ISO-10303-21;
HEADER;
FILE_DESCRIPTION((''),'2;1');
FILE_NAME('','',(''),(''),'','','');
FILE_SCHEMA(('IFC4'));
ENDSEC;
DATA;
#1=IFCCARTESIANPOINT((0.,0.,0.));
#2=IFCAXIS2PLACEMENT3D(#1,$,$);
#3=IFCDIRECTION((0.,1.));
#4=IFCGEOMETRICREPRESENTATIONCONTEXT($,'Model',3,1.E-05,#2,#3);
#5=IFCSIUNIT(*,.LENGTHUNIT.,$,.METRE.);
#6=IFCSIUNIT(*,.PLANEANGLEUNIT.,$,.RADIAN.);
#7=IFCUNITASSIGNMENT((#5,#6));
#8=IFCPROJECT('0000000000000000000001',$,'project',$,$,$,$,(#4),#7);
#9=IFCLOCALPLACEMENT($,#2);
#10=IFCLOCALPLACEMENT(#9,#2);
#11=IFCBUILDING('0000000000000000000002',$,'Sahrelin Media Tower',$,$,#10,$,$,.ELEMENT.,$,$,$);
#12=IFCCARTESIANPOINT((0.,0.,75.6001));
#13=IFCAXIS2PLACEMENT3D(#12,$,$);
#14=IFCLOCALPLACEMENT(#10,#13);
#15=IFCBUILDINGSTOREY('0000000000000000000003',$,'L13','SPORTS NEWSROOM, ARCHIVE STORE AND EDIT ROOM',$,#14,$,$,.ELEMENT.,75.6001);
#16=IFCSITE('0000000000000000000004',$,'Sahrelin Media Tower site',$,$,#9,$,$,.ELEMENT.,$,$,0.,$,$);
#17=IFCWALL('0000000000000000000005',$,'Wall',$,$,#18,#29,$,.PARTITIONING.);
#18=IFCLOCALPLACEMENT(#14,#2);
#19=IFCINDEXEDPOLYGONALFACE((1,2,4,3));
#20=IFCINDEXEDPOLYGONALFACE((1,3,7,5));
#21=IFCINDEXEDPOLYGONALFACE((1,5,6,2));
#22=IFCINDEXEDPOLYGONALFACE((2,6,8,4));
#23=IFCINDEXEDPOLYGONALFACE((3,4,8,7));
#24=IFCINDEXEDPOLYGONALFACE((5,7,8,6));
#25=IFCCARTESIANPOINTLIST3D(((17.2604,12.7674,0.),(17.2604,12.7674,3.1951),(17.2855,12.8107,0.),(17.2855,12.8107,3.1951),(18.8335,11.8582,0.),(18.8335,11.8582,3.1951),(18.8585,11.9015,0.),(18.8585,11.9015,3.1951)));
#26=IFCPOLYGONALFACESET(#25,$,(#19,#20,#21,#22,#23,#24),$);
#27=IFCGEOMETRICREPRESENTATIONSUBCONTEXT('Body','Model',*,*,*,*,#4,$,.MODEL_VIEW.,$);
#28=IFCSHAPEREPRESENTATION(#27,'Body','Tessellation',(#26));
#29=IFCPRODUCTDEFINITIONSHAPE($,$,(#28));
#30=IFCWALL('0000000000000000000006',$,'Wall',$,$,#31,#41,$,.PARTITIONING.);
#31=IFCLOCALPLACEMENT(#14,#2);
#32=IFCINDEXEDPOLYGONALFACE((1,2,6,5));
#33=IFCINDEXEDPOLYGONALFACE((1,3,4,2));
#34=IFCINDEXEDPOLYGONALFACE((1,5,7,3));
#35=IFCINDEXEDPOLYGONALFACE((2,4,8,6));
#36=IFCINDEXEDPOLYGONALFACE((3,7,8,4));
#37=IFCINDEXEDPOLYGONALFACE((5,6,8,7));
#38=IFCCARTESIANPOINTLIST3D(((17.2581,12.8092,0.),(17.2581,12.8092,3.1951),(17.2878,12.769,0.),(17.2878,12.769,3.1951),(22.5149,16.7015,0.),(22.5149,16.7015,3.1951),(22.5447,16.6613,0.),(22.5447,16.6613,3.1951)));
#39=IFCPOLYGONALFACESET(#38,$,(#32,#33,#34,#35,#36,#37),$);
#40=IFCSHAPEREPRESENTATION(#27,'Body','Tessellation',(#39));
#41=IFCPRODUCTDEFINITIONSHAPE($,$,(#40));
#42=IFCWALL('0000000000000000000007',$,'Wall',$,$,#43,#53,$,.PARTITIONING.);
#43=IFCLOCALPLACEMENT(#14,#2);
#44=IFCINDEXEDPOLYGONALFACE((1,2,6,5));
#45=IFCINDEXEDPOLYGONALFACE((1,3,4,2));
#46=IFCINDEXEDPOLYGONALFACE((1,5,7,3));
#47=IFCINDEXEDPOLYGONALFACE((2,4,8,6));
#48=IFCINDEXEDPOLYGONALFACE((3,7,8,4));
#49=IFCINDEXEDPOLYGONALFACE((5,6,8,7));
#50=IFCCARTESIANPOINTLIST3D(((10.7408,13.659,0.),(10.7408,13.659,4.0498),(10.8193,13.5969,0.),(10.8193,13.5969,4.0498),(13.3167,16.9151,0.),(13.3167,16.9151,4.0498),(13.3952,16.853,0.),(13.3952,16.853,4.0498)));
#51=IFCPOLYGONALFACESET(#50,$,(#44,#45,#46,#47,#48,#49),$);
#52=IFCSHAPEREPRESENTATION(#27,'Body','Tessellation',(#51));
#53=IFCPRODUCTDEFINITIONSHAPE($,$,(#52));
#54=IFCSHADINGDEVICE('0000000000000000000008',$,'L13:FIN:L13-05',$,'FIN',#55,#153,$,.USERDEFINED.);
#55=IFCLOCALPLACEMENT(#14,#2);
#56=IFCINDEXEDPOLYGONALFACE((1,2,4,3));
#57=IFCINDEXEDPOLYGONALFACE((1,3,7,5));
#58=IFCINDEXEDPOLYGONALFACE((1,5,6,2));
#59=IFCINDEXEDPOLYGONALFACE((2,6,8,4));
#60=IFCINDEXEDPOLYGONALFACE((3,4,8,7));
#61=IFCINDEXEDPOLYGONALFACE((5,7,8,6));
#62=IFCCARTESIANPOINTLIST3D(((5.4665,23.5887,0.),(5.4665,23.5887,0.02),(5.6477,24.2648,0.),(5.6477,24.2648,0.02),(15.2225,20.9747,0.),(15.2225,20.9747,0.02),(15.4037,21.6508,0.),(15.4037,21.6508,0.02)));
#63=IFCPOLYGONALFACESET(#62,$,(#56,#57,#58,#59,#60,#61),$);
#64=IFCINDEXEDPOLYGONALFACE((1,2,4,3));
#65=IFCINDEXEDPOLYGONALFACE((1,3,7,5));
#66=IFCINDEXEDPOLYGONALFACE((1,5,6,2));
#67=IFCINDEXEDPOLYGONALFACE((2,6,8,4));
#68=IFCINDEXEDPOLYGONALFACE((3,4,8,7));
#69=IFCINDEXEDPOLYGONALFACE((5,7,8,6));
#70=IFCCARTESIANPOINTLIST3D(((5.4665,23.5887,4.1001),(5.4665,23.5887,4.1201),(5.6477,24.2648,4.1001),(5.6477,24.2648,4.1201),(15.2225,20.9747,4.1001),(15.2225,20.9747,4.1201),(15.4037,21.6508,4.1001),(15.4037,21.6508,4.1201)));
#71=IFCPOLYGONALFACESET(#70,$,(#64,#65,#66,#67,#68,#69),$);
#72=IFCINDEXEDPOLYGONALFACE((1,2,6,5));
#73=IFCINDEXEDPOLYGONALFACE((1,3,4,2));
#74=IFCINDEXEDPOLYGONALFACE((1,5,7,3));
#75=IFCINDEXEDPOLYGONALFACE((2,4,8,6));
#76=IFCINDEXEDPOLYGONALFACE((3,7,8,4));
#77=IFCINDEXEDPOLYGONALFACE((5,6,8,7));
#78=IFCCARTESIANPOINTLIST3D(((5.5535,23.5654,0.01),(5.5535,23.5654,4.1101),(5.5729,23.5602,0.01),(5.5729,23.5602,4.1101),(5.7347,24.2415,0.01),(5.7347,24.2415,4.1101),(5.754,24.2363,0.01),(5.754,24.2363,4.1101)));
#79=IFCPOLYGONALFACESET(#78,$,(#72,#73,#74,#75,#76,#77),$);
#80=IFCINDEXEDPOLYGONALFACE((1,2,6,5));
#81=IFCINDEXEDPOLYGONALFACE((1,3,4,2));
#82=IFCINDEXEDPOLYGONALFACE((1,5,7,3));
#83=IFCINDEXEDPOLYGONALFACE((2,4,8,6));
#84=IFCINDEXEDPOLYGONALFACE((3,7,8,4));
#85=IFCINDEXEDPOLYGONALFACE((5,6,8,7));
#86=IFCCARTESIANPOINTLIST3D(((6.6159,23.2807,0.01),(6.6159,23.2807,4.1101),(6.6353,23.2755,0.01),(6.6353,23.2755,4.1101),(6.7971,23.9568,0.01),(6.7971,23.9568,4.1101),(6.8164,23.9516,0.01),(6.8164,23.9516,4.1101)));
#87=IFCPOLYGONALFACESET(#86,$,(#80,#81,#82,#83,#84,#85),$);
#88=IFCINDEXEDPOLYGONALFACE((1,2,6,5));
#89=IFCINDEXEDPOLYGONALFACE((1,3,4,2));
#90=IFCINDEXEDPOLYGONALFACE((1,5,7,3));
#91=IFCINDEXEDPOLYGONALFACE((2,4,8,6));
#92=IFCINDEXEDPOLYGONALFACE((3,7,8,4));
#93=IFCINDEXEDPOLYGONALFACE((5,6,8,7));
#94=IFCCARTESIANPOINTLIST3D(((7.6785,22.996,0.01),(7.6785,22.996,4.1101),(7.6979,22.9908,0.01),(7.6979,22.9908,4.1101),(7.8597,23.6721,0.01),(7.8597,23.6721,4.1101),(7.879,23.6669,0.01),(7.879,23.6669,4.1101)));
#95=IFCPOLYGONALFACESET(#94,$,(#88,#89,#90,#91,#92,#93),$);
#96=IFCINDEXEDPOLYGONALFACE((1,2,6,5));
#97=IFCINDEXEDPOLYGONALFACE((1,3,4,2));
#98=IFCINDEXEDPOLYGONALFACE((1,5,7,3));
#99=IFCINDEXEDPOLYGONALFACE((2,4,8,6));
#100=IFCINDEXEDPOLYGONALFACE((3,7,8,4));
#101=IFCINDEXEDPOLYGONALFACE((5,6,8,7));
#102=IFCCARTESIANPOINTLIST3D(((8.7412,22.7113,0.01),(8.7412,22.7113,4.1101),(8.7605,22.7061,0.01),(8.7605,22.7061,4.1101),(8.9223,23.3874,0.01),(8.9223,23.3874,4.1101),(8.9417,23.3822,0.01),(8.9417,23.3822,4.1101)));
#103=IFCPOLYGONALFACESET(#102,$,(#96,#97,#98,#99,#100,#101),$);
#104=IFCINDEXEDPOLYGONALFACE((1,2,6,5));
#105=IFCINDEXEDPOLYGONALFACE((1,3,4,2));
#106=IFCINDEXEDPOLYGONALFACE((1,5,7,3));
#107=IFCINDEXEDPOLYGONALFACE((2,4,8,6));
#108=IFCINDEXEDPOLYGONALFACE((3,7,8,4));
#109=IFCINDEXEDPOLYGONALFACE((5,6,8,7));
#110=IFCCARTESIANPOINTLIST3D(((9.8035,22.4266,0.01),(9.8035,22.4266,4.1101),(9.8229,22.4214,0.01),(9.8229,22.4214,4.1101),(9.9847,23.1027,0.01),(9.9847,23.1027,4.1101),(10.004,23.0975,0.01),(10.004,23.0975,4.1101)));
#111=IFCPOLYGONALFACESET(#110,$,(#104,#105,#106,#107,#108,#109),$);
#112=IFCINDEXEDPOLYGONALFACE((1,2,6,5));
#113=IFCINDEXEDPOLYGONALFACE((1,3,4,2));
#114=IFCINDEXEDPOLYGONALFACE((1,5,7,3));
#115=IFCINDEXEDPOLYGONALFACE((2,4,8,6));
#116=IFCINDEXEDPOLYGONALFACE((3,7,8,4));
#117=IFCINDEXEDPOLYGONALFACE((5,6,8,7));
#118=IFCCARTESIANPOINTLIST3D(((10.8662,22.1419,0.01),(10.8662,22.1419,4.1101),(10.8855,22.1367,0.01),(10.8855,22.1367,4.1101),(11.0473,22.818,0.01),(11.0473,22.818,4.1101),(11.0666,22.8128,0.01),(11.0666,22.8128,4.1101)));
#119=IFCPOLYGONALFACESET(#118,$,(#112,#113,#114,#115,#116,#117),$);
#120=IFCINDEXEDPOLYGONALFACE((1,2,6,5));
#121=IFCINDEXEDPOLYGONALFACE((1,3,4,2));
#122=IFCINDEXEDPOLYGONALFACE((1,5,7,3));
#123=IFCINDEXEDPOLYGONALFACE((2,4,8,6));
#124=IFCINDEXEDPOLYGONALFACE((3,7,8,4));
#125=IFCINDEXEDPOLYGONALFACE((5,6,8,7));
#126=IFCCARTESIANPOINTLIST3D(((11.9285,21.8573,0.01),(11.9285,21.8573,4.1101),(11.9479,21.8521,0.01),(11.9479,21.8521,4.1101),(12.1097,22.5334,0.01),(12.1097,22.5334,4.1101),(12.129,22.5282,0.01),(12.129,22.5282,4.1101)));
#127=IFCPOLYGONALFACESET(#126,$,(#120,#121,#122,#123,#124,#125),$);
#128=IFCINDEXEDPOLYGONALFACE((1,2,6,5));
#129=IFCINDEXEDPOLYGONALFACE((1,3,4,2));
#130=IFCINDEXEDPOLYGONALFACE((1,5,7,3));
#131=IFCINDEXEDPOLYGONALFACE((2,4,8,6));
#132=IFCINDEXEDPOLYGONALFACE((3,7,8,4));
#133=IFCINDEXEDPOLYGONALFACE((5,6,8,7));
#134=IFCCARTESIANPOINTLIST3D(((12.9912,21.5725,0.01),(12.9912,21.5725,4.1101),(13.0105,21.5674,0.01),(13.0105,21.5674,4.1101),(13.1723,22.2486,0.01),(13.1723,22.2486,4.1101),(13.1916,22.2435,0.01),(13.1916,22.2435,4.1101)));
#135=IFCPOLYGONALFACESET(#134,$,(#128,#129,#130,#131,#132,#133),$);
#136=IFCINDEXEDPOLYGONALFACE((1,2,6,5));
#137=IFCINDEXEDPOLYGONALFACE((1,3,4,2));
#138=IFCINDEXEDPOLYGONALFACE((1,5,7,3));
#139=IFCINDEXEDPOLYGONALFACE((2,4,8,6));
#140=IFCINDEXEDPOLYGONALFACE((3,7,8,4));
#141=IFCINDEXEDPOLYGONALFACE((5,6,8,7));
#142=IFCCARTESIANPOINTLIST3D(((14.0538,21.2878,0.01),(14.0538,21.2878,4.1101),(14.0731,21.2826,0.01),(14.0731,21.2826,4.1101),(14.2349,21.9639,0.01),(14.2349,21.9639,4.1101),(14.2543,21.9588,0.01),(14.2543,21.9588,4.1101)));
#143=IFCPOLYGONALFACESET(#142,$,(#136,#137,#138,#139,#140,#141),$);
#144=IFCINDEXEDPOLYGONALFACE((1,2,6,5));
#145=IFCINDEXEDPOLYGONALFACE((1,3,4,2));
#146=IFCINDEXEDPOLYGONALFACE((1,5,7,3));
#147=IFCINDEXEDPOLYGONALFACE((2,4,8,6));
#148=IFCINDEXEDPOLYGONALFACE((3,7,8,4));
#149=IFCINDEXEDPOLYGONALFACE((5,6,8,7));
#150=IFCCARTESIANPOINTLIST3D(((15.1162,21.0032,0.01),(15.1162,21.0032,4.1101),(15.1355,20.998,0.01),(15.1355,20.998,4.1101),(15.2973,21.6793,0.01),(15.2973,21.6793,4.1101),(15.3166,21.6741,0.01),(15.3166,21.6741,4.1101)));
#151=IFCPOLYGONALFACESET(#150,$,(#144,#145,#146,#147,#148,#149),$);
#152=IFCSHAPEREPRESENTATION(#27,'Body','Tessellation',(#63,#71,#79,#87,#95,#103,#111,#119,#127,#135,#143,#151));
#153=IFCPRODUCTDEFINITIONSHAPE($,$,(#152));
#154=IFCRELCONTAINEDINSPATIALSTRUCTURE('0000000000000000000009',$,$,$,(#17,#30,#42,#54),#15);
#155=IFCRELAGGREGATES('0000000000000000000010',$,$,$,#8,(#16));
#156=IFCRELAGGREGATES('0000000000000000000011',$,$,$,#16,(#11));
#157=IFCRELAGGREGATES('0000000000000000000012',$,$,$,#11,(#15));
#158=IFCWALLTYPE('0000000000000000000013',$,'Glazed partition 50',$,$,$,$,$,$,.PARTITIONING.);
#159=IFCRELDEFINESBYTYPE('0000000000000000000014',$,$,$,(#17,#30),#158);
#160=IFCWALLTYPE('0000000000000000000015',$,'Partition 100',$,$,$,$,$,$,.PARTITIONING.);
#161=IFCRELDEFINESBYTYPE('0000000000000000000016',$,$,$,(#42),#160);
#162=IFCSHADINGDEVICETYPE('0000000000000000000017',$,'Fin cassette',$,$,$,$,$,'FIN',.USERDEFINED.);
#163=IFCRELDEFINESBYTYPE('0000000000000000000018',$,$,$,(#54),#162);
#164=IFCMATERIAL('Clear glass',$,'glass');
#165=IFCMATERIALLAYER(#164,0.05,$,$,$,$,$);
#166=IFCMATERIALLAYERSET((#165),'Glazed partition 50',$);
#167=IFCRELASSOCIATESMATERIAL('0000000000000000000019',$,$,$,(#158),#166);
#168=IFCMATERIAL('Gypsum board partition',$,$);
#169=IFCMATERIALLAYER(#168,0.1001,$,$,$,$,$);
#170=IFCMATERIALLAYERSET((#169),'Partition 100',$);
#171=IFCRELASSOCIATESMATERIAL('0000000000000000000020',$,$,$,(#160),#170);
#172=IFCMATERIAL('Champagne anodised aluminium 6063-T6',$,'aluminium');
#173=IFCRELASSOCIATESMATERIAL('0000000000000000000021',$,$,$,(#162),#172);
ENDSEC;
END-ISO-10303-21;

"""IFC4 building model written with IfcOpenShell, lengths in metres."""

from ifc_helpers import new_model, si_unit, direction, frame, frame_2d, origin, origin_2d, place, context, subcontext, project, spatial, rectangle, extrude, material, layer, layer_set, type_object, element, save


model = new_model("IFC4")

# Units and contexts
model_context = context("Model", 3, precision=1e-05, world=origin(), true_north=direction((0.0, 1.0)))
body_context = subcontext(model_context, "Body", "Model", "MODEL_VIEW")
ifc_project = project(units=[si_unit("LENGTHUNIT", "METRE"), si_unit("PLANEANGLEUNIT", "RADIAN")], contexts=[model_context])

# Site, building, storey
site_placement = place(None, origin())
site = spatial("IfcSite", under=ifc_project, at=site_placement, Name="Sahrelin Media Tower site", CompositionType="ELEMENT", RefElevation=0.0)
building_placement = place(site_placement, origin())
building = spatial("IfcBuilding", under=site, at=building_placement, Name="Sahrelin Media Tower", CompositionType="ELEMENT")
storey_placement = place(building_placement, frame((0.0, 0.0, 75.6001)))
storey = spatial("IfcBuildingStorey", under=building, at=storey_placement, Name="L13", Description="SPORTS NEWSROOM, ARCHIVE STORE AND EDIT ROOM", CompositionType="ELEMENT", Elevation=75.6001)

# Shared definitions
ifc_material_1 = material(Name="Champagne anodised aluminium 6063-T6", Category="aluminium")

# Walls
ifc_material_2 = material(Name="Clear glass", Category="glass")
ifc_layer_1 = layer(ifc_material_2, 0.05)
ifc_layer_set_1 = layer_set([ifc_layer_1], Name="Glazed partition 50")
wall_type_1 = type_object("IfcWallType", Name="Glazed partition 50", PredefinedType="PARTITIONING", material=ifc_layer_set_1)
wall_1_placement = place(storey_placement, frame((17.2729, 12.7891, 0.0), z_axis=(0.0, 0.0, 1.0), x_axis=(0.865785, -0.500416, 0.0)))
element("IfcWall", 1, at=wall_1_placement, inside=storey, type_object=wall_type_1, Name="Wall", PredefinedType="PARTITIONING", context=body_context, shape_type="SweptSolid", body=[
    extrude(rectangle(XDim=1.8169, YDim=0.05, at=frame_2d((0.9084, 0.0))), origin(), (0.0, 0.0, 1.0), 3.1951),
])
wall_2_placement = place(storey_placement, frame((17.2729, 12.7891, 0.0), z_axis=(0.0, 0.0, 1.0), x_axis=(0.803676, 0.595068, 0.0)))
element("IfcWall", 2, at=wall_2_placement, inside=storey, type_object=wall_type_1, Name="Wall", PredefinedType="PARTITIONING", context=body_context, shape_type="SweptSolid", body=[
    extrude(rectangle(XDim=6.541, YDim=0.05, at=frame_2d((3.2705, 0.0))), origin(), (0.0, 0.0, 1.0), 3.1951),
])
ifc_material_3 = material(Name="Gypsum board partition")
ifc_layer_2 = layer(ifc_material_3, 0.1001)
ifc_layer_set_2 = layer_set([ifc_layer_2], Name="Partition 100")
wall_type_2 = type_object("IfcWallType", Name="Partition 100", PredefinedType="PARTITIONING", material=ifc_layer_set_2)
wall_3_placement = place(storey_placement, frame((10.78, 13.6279, 0.0), z_axis=(0.0, 0.0, 1.0), x_axis=(0.620433, 0.784259, 0.0)))
element("IfcWall", 3, at=wall_3_placement, inside=storey, type_object=wall_type_2, Name="Wall", PredefinedType="PARTITIONING", context=body_context, shape_type="SweptSolid", body=[
    extrude(rectangle(XDim=4.1519, YDim=0.1001, at=frame_2d((2.0759, 0.0))), origin(), (0.0, 0.0, 1.0), 4.0498),
])

# Shading device
shading_device_type = type_object("IfcShadingDeviceType", Name="Fin cassette", ElementType="FIN", PredefinedType="USERDEFINED", material=ifc_material_1)
shading_device_placement = place(storey_placement, frame((10.3264, 22.2141, 0.0), z_axis=(0.0, 0.0, 1.0), x_axis=(0.965929, -0.258808, 0.0)))
element("IfcShadingDevice", 4, at=shading_device_placement, inside=storey, type_object=shading_device_type, Name="L13:FIN:L13-05", ObjectType="FIN", PredefinedType="USERDEFINED", context=body_context, shape_type="SweptSolid", body=[
    extrude(rectangle(XDim=10.1001, YDim=0.7, at=origin_2d()), frame((0.0, 0.4199, 0.0)), (0.0, 0.0, 1.0), 0.02),
    extrude(rectangle(XDim=10.1001, YDim=0.7, at=origin_2d()), frame((0.0, 0.4199, 4.1001)), (0.0, 0.0, 1.0), 0.02),
    extrude(rectangle(XDim=0.02, YDim=0.7, at=origin_2d()), frame((-4.95, 0.4199, 0.01), z_axis=(0.0, 0.0, 1.0), x_axis=(1.0, 0.0, 0.0)), (0.0, 0.0, 1.0), 4.1001),
    extrude(rectangle(XDim=0.02, YDim=0.7, at=origin_2d()), frame((-3.8501, 0.4199, 0.01), z_axis=(0.0, 0.0, 1.0), x_axis=(1.0, 0.0, 0.0)), (0.0, 0.0, 1.0), 4.1001),
    extrude(rectangle(XDim=0.02, YDim=0.7, at=origin_2d()), frame((-2.75, 0.4199, 0.01), z_axis=(0.0, 0.0, 1.0), x_axis=(1.0, 0.0, 0.0)), (0.0, 0.0, 1.0), 4.1001),
    extrude(rectangle(XDim=0.02, YDim=0.7, at=origin_2d()), frame((-1.6499, 0.4199, 0.01), z_axis=(0.0, 0.0, 1.0), x_axis=(1.0, 0.0, 0.0)), (0.0, 0.0, 1.0), 4.1001),
    extrude(rectangle(XDim=0.02, YDim=0.7, at=origin_2d()), frame((-0.55, 0.4199, 0.01), z_axis=(0.0, 0.0, 1.0), x_axis=(1.0, 0.0, 0.0)), (0.0, 0.0, 1.0), 4.1001),
    extrude(rectangle(XDim=0.02, YDim=0.7, at=origin_2d()), frame((0.55, 0.4199, 0.01), z_axis=(0.0, 0.0, 1.0), x_axis=(1.0, 0.0, 0.0)), (0.0, 0.0, 1.0), 4.1001),
    extrude(rectangle(XDim=0.02, YDim=0.7, at=origin_2d()), frame((1.6499, 0.4199, 0.01), z_axis=(0.0, 0.0, 1.0), x_axis=(1.0, 0.0, 0.0)), (0.0, 0.0, 1.0), 4.1001),
    extrude(rectangle(XDim=0.02, YDim=0.7, at=origin_2d()), frame((2.75, 0.4199, 0.01), z_axis=(0.0, 0.0, 1.0), x_axis=(1.0, 0.0, 0.0)), (0.0, 0.0, 1.0), 4.1001),
    extrude(rectangle(XDim=0.02, YDim=0.7, at=origin_2d()), frame((3.8501, 0.4199, 0.01), z_axis=(0.0, 0.0, 1.0), x_axis=(1.0, 0.0, 0.0)), (0.0, 0.0, 1.0), 4.1001),
    extrude(rectangle(XDim=0.02, YDim=0.7, at=origin_2d()), frame((4.95, 0.4199, 0.01), z_axis=(0.0, 0.0, 1.0), x_axis=(1.0, 0.0, 0.0)), (0.0, 0.0, 1.0), 4.1001),
])

save(model, "model.ifc")
